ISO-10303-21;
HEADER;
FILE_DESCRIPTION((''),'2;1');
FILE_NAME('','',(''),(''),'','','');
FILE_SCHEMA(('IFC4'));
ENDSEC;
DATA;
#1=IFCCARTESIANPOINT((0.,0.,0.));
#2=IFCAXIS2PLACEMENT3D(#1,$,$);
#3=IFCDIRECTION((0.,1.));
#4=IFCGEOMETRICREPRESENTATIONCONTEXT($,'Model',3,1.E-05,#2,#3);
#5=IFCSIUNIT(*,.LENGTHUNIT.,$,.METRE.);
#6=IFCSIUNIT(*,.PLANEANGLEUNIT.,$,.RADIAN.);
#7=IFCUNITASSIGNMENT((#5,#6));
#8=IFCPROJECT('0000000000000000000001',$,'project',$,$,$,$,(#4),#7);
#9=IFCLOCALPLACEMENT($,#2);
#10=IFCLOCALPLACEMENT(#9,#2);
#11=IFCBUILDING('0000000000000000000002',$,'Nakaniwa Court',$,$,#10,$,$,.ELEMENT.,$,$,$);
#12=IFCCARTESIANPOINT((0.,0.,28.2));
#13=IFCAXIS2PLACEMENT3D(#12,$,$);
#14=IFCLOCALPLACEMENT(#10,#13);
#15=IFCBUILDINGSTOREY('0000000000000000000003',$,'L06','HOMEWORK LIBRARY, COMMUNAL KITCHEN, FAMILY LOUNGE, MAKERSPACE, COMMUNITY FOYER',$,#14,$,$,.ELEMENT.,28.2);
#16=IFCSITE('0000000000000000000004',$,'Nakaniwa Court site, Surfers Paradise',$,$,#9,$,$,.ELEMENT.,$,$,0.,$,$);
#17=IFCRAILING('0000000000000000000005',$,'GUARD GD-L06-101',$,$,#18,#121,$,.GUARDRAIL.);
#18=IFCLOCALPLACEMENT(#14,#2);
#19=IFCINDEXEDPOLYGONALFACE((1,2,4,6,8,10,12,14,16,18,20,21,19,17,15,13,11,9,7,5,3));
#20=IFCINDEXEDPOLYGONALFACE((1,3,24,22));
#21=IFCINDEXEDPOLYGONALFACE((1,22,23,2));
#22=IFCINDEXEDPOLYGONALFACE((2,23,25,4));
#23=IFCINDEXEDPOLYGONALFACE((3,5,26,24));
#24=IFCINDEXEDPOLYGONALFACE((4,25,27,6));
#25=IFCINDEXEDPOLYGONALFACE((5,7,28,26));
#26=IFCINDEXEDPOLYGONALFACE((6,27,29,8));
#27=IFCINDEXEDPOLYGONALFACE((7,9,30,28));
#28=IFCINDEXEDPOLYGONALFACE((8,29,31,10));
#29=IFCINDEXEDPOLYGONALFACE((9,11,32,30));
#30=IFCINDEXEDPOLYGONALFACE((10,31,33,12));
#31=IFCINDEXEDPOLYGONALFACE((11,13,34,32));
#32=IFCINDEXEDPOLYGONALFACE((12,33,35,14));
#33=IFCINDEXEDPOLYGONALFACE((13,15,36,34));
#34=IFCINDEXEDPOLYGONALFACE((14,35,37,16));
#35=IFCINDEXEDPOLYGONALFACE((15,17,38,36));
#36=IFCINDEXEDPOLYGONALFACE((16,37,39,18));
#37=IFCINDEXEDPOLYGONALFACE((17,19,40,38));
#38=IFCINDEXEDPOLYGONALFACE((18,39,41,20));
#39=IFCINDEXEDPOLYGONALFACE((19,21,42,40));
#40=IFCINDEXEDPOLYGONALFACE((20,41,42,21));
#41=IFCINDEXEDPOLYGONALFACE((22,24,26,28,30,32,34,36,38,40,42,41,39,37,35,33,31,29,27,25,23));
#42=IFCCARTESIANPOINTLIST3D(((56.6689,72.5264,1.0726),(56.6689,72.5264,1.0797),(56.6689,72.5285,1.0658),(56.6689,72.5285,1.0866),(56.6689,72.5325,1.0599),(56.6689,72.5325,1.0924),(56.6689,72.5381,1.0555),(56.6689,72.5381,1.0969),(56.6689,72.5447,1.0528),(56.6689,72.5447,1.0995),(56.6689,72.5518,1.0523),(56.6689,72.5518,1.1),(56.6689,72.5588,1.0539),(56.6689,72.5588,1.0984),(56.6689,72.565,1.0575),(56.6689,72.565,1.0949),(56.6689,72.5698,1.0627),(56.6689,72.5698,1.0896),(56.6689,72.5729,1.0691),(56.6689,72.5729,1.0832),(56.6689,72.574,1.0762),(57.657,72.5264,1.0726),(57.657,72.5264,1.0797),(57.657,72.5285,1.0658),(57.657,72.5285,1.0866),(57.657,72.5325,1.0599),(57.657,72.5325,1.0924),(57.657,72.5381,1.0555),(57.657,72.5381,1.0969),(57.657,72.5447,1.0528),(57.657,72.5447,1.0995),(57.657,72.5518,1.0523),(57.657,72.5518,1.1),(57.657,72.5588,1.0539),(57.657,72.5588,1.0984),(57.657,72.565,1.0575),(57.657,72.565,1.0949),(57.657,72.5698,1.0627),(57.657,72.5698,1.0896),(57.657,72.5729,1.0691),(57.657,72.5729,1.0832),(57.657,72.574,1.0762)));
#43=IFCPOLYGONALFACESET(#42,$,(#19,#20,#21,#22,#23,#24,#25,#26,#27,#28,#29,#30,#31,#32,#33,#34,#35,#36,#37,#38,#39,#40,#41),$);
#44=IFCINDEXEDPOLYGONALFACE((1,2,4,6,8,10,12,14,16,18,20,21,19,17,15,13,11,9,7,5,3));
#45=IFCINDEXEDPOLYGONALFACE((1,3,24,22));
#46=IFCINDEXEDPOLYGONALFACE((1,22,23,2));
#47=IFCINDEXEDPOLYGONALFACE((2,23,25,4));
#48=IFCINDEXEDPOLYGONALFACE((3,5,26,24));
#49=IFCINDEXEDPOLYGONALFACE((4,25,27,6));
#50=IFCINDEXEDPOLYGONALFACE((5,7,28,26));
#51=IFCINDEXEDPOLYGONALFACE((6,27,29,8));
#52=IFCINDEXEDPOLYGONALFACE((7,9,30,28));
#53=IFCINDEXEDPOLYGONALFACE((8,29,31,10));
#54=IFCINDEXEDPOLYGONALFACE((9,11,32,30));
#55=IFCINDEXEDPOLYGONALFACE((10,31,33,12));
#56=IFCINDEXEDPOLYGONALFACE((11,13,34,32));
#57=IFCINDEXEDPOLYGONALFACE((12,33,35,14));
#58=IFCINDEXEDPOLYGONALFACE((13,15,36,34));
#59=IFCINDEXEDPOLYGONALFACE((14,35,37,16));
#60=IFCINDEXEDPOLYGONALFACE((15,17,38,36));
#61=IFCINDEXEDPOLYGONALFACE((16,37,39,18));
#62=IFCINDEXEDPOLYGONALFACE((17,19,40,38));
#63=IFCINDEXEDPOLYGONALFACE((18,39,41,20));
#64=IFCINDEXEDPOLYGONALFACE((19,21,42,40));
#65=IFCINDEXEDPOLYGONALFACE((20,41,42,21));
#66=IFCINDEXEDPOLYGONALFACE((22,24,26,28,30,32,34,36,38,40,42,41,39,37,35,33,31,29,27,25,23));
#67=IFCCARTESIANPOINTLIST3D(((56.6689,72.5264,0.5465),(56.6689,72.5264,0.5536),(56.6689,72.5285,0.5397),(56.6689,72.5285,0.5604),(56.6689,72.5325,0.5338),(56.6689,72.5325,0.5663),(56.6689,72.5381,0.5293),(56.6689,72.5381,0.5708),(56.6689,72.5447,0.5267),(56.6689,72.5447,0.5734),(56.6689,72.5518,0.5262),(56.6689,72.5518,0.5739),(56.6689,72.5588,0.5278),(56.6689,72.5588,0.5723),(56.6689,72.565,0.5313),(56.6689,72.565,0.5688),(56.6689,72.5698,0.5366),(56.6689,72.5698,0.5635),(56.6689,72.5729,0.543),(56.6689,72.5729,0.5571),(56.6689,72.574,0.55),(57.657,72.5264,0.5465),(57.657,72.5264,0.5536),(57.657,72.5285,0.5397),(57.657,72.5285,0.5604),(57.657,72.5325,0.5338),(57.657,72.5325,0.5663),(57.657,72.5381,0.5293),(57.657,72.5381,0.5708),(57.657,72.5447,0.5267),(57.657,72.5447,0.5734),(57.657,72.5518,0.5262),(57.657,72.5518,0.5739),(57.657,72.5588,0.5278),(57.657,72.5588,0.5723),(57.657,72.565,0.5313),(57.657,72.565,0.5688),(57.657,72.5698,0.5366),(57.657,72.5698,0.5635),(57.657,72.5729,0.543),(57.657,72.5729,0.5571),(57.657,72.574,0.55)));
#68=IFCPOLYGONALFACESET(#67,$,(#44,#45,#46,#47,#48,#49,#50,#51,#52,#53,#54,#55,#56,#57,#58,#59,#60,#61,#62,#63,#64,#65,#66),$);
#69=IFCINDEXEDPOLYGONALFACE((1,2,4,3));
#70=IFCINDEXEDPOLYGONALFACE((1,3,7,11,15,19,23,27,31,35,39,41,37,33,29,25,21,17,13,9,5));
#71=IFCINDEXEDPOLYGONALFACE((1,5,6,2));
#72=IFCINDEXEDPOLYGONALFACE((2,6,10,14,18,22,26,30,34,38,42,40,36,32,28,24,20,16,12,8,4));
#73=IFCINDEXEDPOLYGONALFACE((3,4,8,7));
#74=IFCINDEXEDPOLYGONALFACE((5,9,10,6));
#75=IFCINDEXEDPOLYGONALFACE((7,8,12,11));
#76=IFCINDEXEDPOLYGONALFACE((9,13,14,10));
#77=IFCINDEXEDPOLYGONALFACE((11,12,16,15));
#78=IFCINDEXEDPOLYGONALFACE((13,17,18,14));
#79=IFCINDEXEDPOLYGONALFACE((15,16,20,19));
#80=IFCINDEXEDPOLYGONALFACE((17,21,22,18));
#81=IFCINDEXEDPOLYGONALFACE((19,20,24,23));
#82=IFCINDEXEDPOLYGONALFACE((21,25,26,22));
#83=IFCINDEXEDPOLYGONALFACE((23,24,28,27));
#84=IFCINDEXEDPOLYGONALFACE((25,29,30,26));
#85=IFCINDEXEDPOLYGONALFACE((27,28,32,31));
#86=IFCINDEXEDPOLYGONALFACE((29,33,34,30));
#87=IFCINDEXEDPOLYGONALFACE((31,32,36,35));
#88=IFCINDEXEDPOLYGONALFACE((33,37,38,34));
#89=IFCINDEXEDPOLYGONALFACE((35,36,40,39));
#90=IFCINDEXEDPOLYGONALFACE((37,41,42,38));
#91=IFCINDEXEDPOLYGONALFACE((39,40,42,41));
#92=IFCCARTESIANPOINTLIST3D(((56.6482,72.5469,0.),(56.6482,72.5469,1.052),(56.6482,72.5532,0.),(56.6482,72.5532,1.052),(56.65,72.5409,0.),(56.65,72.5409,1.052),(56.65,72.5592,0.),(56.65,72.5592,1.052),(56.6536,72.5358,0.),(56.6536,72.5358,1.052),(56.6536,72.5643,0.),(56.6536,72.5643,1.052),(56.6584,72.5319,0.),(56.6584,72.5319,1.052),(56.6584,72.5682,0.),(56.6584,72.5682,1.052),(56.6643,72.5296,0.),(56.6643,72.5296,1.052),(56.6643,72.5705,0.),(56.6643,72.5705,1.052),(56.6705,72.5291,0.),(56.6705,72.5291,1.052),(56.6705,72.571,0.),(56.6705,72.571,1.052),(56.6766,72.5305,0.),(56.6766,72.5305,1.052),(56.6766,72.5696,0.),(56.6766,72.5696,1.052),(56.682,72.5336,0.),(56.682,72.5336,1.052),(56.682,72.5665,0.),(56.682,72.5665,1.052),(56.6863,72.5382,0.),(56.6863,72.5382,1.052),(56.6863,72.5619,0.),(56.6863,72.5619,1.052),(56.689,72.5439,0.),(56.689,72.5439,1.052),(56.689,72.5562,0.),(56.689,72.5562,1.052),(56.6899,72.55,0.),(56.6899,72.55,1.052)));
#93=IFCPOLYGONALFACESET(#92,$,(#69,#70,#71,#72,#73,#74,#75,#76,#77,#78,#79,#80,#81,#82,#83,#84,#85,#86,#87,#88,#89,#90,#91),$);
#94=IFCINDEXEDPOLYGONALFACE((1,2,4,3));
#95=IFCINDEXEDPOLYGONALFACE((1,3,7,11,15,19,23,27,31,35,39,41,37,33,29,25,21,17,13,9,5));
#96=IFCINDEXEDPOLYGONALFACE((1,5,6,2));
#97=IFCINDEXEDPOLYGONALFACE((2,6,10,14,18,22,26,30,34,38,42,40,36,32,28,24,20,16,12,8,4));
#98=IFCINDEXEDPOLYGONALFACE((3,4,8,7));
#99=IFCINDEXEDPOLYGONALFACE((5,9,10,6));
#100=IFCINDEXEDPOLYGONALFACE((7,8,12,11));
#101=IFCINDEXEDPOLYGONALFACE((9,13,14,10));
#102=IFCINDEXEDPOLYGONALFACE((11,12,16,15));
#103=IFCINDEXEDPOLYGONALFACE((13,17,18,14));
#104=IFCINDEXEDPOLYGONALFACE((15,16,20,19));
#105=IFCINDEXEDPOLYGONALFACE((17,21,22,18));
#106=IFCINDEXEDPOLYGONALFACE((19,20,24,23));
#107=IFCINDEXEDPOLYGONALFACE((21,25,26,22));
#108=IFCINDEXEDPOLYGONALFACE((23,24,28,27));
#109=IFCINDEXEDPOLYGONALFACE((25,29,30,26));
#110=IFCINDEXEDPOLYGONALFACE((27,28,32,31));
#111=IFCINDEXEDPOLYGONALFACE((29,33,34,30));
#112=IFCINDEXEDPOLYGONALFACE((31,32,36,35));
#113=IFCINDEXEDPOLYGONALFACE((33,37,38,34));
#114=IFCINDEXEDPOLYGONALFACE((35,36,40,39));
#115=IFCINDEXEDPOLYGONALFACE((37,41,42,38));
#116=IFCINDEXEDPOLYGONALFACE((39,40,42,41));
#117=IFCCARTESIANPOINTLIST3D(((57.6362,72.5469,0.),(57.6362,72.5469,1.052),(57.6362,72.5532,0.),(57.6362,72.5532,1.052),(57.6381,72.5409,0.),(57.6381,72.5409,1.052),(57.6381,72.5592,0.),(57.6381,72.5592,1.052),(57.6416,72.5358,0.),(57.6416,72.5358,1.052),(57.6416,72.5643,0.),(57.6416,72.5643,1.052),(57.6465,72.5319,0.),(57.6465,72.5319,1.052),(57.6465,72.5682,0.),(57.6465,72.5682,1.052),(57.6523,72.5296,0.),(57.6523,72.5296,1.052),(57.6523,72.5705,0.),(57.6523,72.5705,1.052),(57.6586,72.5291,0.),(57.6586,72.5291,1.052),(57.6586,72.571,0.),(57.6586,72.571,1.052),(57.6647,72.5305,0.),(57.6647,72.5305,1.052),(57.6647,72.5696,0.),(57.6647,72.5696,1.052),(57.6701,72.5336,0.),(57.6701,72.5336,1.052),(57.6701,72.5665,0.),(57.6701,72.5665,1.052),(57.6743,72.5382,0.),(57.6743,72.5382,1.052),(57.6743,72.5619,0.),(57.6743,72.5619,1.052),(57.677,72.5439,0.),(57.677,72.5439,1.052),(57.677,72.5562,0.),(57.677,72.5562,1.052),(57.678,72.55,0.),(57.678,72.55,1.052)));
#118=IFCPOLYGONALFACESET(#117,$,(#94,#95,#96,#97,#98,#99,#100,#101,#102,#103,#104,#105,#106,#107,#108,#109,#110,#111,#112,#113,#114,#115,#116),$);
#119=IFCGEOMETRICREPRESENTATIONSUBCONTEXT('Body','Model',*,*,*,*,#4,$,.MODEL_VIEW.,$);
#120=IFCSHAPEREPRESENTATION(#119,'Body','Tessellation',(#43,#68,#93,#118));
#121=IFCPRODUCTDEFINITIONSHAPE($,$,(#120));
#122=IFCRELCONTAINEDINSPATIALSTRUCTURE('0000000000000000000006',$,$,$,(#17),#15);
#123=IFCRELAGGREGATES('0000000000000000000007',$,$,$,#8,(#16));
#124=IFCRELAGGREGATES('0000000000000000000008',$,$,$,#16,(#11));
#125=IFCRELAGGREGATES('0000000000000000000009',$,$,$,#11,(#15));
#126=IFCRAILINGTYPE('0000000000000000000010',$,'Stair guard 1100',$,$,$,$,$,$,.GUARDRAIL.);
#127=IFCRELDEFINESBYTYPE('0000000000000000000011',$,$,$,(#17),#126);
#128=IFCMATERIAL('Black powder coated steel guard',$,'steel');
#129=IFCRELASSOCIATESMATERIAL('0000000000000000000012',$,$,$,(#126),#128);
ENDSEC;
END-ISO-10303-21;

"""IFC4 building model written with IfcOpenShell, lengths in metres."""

from ifc_helpers import new_model, si_unit, direction, frame, origin, origin_2d, place, context, subcontext, project, spatial, circle, extrude, material, type_object, element, save


model = new_model("IFC4")

# Units and contexts
model_context = context("Model", 3, precision=1e-05, world=origin(), true_north=direction((0.0, 1.0)))
body_context = subcontext(model_context, "Body", "Model", "MODEL_VIEW")
ifc_project = project(units=[si_unit("LENGTHUNIT", "METRE"), si_unit("PLANEANGLEUNIT", "RADIAN")], contexts=[model_context])

# Site, building, storey
site_placement = place(None, origin())
site = spatial("IfcSite", under=ifc_project, at=site_placement, Name="Nakaniwa Court site, Surfers Paradise", CompositionType="ELEMENT", RefElevation=0.0)
building_placement = place(site_placement, origin())
building = spatial("IfcBuilding", under=site, at=building_placement, Name="Nakaniwa Court", CompositionType="ELEMENT")
storey_placement = place(building_placement, frame((0.0, 0.0, 28.2)))
storey = spatial("IfcBuildingStorey", under=building, at=storey_placement, Name="L06", Description="HOMEWORK LIBRARY, COMMUNAL KITCHEN, FAMILY LOUNGE, MAKERSPACE, COMMUNITY FOYER", CompositionType="ELEMENT", Elevation=28.2)

# Railing
ifc_material_1 = material(Name="Black powder coated steel guard", Category="steel")
railing_type_1 = type_object("IfcRailingType", Name="Stair guard 1100", PredefinedType="GUARDRAIL", material=ifc_material_1)
railing_1_placement = place(storey_placement, frame((56.6689, 72.55, 0.0)))
element("IfcRailing", 1, at=railing_1_placement, inside=storey, type_object=railing_type_1, Name="GUARD GD-L06-101", PredefinedType="GUARDRAIL", context=body_context, shape_type="SweptSolid", body=[
    extrude(circle(Radius=0.0239, at=origin_2d()), frame((0.0, 0.0, 1.0762), z_axis=(1.0, 0.0, 0.0), x_axis=(0.0, 1.0, 0.0)), (0.0, 0.0, 1.0), 0.988),
    extrude(circle(Radius=0.0239, at=origin_2d()), frame((0.0, 0.0, 0.55), z_axis=(1.0, 0.0, 0.0), x_axis=(0.0, 1.0, 0.0)), (0.0, 0.0, 1.0), 0.988),
    extrude(circle(Radius=0.021, at=origin_2d()), origin(), (0.0, 0.0, 1.0), 1.052),
    extrude(circle(Radius=0.021, at=origin_2d()), frame((0.988, 0.0, 0.0)), (0.0, 0.0, 1.0), 1.052),
])

save(model, "model.ifc")
